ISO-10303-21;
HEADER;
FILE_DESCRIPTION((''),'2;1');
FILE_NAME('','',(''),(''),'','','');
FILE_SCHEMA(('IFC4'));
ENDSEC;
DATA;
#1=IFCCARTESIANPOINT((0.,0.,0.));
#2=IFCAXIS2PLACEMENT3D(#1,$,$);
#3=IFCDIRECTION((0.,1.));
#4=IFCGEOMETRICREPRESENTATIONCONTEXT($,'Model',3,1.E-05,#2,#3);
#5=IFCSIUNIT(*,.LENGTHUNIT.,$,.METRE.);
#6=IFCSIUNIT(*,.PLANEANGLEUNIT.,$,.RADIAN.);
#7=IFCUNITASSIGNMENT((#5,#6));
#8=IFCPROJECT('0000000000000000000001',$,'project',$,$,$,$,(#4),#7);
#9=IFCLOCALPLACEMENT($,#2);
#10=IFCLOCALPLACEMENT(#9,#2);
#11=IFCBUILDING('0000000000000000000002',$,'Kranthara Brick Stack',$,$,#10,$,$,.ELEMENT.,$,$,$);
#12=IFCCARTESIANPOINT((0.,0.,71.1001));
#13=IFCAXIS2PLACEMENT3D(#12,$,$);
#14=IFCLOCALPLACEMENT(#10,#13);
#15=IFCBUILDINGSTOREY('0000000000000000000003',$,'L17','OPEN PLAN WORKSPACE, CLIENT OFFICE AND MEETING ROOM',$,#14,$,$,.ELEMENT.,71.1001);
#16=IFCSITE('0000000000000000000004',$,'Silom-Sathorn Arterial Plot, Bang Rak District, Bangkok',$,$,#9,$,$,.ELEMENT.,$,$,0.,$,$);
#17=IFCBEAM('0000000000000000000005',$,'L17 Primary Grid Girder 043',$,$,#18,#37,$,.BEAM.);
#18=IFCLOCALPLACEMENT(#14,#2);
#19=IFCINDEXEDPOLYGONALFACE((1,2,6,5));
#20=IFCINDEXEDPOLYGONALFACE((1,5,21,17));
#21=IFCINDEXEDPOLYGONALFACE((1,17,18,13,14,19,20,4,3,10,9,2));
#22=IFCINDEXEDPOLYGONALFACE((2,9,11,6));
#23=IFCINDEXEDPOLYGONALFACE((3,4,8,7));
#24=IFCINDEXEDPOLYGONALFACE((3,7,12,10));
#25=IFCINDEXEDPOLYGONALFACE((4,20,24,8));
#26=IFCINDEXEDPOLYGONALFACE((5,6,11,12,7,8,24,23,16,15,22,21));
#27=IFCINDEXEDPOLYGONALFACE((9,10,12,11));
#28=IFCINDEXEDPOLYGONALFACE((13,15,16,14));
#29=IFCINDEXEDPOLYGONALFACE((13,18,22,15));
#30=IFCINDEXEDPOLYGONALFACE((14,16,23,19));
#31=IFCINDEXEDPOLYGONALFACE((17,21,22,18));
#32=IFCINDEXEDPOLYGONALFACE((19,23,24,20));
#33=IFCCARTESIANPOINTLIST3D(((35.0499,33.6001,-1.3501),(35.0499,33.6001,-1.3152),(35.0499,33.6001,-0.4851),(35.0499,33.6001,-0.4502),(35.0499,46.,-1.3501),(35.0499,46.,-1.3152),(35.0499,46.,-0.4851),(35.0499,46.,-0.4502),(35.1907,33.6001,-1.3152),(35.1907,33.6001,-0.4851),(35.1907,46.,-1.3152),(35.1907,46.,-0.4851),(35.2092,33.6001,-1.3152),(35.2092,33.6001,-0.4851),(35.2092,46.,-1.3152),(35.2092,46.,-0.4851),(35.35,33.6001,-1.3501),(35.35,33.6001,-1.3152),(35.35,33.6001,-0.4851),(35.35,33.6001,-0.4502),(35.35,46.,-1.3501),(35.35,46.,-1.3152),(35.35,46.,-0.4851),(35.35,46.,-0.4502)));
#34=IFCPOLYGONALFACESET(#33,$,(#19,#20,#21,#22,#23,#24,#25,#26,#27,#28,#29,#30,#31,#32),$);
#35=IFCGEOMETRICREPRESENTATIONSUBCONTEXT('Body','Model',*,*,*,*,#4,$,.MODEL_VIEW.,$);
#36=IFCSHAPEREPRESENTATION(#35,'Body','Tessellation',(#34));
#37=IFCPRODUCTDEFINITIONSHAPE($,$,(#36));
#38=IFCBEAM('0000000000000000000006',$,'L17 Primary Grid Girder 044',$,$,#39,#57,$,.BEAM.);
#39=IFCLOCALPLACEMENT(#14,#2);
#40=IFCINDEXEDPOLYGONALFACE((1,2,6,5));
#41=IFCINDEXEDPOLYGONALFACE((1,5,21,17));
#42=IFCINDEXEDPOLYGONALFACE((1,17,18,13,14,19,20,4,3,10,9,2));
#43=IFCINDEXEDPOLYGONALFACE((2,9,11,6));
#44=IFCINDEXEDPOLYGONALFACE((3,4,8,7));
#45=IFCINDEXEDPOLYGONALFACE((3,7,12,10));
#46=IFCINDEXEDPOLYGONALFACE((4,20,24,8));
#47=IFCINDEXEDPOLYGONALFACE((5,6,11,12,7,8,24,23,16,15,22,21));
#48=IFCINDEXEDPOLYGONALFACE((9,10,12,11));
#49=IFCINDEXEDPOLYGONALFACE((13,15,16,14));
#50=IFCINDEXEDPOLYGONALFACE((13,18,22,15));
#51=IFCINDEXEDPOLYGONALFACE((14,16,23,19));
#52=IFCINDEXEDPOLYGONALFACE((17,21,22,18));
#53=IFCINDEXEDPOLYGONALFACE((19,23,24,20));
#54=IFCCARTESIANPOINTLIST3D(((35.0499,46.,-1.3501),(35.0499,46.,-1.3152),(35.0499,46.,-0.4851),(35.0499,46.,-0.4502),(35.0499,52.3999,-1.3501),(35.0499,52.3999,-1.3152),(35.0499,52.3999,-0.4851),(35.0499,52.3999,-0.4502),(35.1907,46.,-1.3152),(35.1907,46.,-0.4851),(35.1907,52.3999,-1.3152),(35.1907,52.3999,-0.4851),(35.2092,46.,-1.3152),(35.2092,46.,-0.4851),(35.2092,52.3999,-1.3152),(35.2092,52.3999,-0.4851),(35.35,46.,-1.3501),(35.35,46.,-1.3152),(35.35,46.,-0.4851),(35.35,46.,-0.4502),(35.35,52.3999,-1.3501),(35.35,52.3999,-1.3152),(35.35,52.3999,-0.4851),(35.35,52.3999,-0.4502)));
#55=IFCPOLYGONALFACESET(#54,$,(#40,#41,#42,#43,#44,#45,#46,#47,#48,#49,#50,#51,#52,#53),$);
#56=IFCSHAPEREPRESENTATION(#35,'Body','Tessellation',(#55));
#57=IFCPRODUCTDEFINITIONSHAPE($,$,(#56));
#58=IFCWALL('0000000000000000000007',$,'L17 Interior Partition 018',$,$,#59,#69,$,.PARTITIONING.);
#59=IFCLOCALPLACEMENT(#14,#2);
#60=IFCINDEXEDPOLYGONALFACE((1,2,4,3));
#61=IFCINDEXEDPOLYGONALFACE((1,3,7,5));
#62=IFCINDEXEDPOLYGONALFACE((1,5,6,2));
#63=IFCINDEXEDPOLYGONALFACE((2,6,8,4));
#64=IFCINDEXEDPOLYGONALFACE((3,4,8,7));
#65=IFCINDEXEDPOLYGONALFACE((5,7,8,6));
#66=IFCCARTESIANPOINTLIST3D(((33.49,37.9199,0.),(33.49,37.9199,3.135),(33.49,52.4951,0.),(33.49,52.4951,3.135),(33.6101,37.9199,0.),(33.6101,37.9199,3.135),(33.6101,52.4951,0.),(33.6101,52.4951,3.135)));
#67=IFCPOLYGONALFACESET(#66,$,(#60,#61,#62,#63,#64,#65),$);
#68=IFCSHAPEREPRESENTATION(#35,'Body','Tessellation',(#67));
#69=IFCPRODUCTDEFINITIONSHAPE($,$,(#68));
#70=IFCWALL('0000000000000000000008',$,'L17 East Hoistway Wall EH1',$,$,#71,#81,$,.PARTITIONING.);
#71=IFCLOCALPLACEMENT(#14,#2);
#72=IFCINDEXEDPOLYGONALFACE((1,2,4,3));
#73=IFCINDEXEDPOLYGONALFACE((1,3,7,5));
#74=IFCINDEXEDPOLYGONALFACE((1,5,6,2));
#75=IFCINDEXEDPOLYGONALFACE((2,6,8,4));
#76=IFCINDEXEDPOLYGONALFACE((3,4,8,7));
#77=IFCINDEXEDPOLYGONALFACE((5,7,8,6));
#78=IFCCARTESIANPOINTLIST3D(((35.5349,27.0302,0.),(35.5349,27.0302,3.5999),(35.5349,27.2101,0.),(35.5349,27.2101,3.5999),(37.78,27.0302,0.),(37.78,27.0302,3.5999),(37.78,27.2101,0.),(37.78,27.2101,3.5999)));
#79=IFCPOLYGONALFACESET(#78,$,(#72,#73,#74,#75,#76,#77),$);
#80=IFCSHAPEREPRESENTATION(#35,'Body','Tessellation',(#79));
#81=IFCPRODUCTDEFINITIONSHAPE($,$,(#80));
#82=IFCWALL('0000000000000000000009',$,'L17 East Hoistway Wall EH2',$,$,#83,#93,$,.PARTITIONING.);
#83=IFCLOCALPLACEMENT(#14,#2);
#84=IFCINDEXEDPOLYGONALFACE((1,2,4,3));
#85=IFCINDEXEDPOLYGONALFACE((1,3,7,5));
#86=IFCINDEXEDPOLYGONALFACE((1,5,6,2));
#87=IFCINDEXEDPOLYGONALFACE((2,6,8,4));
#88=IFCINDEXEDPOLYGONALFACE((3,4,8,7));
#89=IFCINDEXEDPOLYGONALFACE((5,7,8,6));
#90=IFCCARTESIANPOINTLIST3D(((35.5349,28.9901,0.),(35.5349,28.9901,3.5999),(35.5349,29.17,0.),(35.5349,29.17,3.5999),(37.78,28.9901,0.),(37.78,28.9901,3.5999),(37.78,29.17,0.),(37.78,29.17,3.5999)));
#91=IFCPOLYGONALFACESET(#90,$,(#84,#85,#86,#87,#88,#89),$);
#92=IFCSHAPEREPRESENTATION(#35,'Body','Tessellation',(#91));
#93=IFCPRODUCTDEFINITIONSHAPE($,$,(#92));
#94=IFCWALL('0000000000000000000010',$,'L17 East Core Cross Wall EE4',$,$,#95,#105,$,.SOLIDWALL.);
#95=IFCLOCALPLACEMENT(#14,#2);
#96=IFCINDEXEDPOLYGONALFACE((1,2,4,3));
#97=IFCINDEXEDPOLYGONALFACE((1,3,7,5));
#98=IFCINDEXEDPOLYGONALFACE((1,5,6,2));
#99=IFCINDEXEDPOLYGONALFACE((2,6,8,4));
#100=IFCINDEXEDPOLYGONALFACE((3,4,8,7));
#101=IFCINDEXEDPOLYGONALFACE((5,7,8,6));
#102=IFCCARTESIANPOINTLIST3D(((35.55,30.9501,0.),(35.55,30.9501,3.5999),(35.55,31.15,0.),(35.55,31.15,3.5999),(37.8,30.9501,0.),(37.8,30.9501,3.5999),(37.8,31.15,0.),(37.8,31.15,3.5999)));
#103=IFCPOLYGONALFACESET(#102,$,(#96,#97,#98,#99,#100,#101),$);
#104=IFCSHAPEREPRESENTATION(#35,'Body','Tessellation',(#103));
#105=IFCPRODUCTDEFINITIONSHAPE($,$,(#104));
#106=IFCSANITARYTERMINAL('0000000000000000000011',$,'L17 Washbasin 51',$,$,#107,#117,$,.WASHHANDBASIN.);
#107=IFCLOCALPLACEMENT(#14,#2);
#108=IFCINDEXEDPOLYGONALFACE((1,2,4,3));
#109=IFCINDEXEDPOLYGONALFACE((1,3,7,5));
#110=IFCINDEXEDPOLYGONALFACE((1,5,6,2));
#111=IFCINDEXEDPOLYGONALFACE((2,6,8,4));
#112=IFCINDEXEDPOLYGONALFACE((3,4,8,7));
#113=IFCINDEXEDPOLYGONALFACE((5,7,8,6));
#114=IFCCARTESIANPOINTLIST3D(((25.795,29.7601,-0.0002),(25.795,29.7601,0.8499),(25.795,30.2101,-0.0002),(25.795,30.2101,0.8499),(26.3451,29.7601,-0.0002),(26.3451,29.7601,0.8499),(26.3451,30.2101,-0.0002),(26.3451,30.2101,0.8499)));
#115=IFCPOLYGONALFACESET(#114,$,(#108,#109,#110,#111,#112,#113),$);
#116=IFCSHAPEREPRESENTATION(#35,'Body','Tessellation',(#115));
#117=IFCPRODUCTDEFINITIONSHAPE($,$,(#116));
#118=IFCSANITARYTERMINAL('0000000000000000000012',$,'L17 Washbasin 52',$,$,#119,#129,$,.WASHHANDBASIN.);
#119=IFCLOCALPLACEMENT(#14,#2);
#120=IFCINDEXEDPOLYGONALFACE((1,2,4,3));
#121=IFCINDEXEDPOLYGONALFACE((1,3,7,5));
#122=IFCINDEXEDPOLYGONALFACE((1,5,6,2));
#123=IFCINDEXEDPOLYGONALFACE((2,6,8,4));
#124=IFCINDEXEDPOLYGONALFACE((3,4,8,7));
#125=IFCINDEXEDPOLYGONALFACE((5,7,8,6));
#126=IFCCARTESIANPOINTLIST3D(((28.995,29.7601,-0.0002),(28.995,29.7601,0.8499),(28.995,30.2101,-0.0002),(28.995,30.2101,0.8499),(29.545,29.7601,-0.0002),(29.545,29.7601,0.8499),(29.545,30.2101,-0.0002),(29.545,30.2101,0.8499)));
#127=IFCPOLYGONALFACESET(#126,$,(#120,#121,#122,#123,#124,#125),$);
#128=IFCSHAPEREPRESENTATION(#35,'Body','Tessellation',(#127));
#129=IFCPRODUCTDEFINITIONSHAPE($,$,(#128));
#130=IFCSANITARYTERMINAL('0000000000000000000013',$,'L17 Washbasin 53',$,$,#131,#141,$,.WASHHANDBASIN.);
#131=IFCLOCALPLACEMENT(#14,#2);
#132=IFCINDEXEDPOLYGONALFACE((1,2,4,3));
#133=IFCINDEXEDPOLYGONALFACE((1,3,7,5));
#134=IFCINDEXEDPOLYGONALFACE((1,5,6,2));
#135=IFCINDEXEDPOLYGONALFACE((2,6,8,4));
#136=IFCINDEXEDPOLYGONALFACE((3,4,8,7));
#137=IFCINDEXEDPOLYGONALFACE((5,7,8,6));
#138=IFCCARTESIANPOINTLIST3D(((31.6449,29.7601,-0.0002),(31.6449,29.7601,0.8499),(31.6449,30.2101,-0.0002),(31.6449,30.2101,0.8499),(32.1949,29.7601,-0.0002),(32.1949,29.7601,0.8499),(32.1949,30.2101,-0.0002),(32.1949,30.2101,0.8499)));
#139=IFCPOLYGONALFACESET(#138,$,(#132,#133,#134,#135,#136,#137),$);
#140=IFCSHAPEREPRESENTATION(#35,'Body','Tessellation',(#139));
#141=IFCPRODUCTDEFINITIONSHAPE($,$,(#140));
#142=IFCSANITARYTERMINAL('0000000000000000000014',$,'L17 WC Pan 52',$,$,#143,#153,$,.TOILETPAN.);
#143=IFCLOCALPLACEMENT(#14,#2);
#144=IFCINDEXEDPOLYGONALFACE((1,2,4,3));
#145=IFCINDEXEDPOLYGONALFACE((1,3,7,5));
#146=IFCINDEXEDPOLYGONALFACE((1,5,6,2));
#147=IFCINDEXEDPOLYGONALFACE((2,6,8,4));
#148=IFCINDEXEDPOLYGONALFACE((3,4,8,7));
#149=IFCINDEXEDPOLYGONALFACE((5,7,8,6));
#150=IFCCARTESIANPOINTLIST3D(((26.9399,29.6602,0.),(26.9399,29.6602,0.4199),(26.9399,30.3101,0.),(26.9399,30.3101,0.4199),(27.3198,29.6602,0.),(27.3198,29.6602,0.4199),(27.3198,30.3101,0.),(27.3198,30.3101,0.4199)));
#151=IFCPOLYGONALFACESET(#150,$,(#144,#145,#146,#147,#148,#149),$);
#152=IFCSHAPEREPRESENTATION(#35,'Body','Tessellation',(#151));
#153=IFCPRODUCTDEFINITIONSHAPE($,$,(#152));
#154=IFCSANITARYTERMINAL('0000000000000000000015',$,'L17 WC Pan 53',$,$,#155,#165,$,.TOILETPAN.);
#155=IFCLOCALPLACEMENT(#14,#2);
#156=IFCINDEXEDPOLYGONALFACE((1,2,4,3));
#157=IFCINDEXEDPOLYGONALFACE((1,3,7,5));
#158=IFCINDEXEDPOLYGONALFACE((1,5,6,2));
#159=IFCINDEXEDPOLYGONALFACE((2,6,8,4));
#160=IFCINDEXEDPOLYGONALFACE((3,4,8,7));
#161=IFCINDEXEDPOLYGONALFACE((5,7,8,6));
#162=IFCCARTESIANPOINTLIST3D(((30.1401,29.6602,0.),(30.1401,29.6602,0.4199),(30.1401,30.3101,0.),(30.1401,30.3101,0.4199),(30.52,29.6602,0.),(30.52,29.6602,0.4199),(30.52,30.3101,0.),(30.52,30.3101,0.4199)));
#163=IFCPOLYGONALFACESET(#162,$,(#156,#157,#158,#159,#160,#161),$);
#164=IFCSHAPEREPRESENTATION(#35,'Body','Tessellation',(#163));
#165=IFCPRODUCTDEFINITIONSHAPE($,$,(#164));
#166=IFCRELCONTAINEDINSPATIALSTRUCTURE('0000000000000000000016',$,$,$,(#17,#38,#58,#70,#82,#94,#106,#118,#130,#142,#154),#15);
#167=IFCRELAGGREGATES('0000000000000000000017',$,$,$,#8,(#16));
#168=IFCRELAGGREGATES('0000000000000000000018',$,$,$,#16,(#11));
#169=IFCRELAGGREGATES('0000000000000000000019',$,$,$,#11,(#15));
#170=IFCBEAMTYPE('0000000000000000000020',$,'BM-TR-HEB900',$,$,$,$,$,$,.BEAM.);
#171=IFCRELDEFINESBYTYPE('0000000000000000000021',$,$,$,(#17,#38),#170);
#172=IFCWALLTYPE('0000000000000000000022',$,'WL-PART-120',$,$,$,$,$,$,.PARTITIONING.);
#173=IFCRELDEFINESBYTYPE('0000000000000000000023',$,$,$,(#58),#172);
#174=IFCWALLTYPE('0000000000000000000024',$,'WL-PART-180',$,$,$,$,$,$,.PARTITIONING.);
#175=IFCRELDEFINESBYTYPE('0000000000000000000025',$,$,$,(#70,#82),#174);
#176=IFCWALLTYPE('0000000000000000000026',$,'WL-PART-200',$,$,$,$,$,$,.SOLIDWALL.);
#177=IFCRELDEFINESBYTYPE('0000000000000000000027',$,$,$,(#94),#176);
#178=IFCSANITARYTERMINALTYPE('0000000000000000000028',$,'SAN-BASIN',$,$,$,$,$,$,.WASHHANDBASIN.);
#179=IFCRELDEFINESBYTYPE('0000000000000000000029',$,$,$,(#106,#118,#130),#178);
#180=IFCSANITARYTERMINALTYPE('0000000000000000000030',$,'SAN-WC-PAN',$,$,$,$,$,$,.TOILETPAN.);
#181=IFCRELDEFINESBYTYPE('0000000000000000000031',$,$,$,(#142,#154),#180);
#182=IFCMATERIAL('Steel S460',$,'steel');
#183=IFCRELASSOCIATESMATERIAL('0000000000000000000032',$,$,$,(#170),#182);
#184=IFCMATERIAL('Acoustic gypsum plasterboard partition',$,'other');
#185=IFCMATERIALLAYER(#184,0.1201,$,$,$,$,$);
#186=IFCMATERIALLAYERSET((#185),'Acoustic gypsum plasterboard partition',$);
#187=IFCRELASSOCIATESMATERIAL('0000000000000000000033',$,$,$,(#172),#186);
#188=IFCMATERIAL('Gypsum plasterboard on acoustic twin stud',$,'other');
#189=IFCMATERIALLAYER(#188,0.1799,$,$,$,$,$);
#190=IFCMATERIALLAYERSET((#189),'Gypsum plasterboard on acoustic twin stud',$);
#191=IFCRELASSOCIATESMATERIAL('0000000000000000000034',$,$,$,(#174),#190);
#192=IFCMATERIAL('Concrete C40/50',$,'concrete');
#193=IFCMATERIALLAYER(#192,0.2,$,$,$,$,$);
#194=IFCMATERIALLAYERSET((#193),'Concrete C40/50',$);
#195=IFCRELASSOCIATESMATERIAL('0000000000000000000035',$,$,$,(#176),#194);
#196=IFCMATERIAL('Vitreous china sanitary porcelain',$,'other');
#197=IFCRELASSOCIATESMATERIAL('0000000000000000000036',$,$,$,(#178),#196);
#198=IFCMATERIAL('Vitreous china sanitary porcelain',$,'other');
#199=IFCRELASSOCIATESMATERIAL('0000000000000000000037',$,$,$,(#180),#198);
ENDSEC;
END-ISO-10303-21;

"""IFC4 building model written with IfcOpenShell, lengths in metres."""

from ifc_helpers import new_model, si_unit, direction, frame, frame_2d, origin, origin_2d, place, context, subcontext, project, spatial, rectangle, i_section, extrude, material, layer, layer_set, material_profile, profile_set, type_object, element, save


model = new_model("IFC4")

# Units and contexts
model_context = context("Model", 3, precision=1e-05, world=origin(), true_north=direction((0.0, 1.0)))
body_context = subcontext(model_context, "Body", "Model", "MODEL_VIEW")
ifc_project = project(units=[si_unit("LENGTHUNIT", "METRE"), si_unit("PLANEANGLEUNIT", "RADIAN")], contexts=[model_context])

# Site, building, storey
site_placement = place(None, origin())
site = spatial("IfcSite", under=ifc_project, at=site_placement, Name="Silom-Sathorn Arterial Plot, Bang Rak District, Bangkok", CompositionType="ELEMENT", RefElevation=0.0)
building_placement = place(site_placement, origin())
building = spatial("IfcBuilding", under=site, at=building_placement, Name="Kranthara Brick Stack", CompositionType="ELEMENT")
storey_placement = place(building_placement, frame((0.0, 0.0, 71.1001)))
storey = spatial("IfcBuildingStorey", under=building, at=storey_placement, Name="L17", Description="OPEN PLAN WORKSPACE, CLIENT OFFICE AND MEETING ROOM", CompositionType="ELEMENT", Elevation=71.1001)

# Beams
ifc_material_1 = material(Name="Steel S460", Category="steel")
ifc_material_profile_1 = material_profile(ifc_material_1, i_section(OverallWidth=0.3, OverallDepth=0.8999, WebThickness=0.0186, FlangeThickness=0.0349, at=origin_2d()), Name="HEB 900")
ifc_profile_set_1 = profile_set([ifc_material_profile_1], Name="Steel S460")
beam_type_1 = type_object("IfcBeamType", Name="BM-TR-HEB900", PredefinedType="BEAM", material=ifc_profile_set_1)
beam_1_placement = place(storey_placement, frame((35.2, 33.6001, -0.9001), z_axis=(0.0, 1.0, 0.0), x_axis=(-1.0, 0.0, 0.0)))
element("IfcBeam", 1, at=beam_1_placement, inside=storey, type_object=beam_type_1, Name="L17 Primary Grid Girder 043", PredefinedType="BEAM", context=body_context, shape_type="SweptSolid", body=[
    extrude(i_section(OverallWidth=0.3, OverallDepth=0.8999, WebThickness=0.0186, FlangeThickness=0.0349, at=origin_2d()), origin(), (0.0, 0.0, 1.0), 12.3999),
])
beam_2_placement = place(storey_placement, frame((35.2, 46.0, -0.9001), z_axis=(0.0, 1.0, 0.0), x_axis=(-1.0, 0.0, 0.0)))
element("IfcBeam", 2, at=beam_2_placement, inside=storey, type_object=beam_type_1, Name="L17 Primary Grid Girder 044", PredefinedType="BEAM", context=body_context, shape_type="SweptSolid", body=[
    extrude(i_section(OverallWidth=0.3, OverallDepth=0.8999, WebThickness=0.0186, FlangeThickness=0.0349, at=origin_2d()), origin(), (0.0, 0.0, 1.0), 6.3999),
])

# Walls
ifc_material_2 = material(Name="Acoustic gypsum plasterboard partition", Category="other")
ifc_layer_1 = layer(ifc_material_2, 0.1201)
ifc_layer_set_1 = layer_set([ifc_layer_1], Name="Acoustic gypsum plasterboard partition")
wall_type_1 = type_object("IfcWallType", Name="WL-PART-120", PredefinedType="PARTITIONING", material=ifc_layer_set_1)
wall_1_placement = place(storey_placement, frame((33.55, 37.9199, 0.0), z_axis=(0.0, 0.0, 1.0), x_axis=(0.0, 1.0, 0.0)))
element("IfcWall", 3, at=wall_1_placement, inside=storey, type_object=wall_type_1, Name="L17 Interior Partition 018", PredefinedType="PARTITIONING", context=body_context, shape_type="SweptSolid", body=[
    extrude(rectangle(XDim=14.5752, YDim=0.1201, at=frame_2d((7.2876, 0.0))), origin(), (0.0, 0.0, 1.0), 3.135),
])
ifc_material_3 = material(Name="Gypsum plasterboard on acoustic twin stud", Category="other")
ifc_layer_2 = layer(ifc_material_3, 0.1799)
ifc_layer_set_2 = layer_set([ifc_layer_2], Name="Gypsum plasterboard on acoustic twin stud")
wall_type_2 = type_object("IfcWallType", Name="WL-PART-180", PredefinedType="PARTITIONING", material=ifc_layer_set_2)
for number, where, z_axis, x_axis, name in (
    (4, (35.5349, 27.1201, 0.0), (0.0, 0.0, 1.0), (1.0, 0.0, 0.0), "L17 East Hoistway Wall EH1"),
    (5, (35.5349, 29.0801, 0.0), (0.0, 0.0, 1.0), (1.0, 0.0, 0.0), "L17 East Hoistway Wall EH2"),
):
    element("IfcWall", number, at=place(storey_placement, frame(where, z_axis=z_axis, x_axis=x_axis)), inside=storey, type_object=wall_type_2, Name=name, PredefinedType="PARTITIONING", context=body_context, shape_type="SweptSolid", body=[
        extrude(rectangle(XDim=2.2451, YDim=0.1799, at=frame_2d((1.1226, 0.0))), origin(), (0.0, 0.0, 1.0), 3.5999),
    ])
ifc_material_4 = material(Name="Concrete C40/50", Category="concrete")
ifc_layer_3 = layer(ifc_material_4, 0.2)
ifc_layer_set_3 = layer_set([ifc_layer_3], Name="Concrete C40/50")
wall_type_3 = type_object("IfcWallType", Name="WL-PART-200", PredefinedType="SOLIDWALL", material=ifc_layer_set_3)
wall_2_placement = place(storey_placement, frame((35.55, 31.05, 0.0), z_axis=(0.0, 0.0, 1.0), x_axis=(1.0, 0.0, 0.0)))
element("IfcWall", 6, at=wall_2_placement, inside=storey, type_object=wall_type_3, Name="L17 East Core Cross Wall EE4", PredefinedType="SOLIDWALL", context=body_context, shape_type="SweptSolid", body=[
    extrude(rectangle(XDim=2.25, YDim=0.2, at=frame_2d((1.125, 0.0))), origin(), (0.0, 0.0, 1.0), 3.5999),
])

# Sanitary terminals
ifc_material_5 = material(Name="Vitreous china sanitary porcelain", Category="other")
sanitary_terminal_type_1 = type_object("IfcSanitaryTerminalType", Name="SAN-BASIN", PredefinedType="WASHHANDBASIN", material=ifc_material_5)
for number, where, z_axis, x_axis, name in (
    (7, (26.0701, 29.9851, -0.0002), (0.0, 0.0, 1.0), (1.0, 0.0, 0.0), "L17 Washbasin 51"),
    (8, (29.27, 29.9851, -0.0002), (0.0, 0.0, 1.0), (1.0, 0.0, 0.0), "L17 Washbasin 52"),
    (9, (31.9199, 29.9851, -0.0002), (0.0, 0.0, 1.0), (1.0, 0.0, 0.0), "L17 Washbasin 53"),
):
    element("IfcSanitaryTerminal", number, at=place(storey_placement, frame(where, z_axis=z_axis, x_axis=x_axis)), inside=storey, type_object=sanitary_terminal_type_1, Name=name, PredefinedType="WASHHANDBASIN", context=body_context, shape_type="SweptSolid", body=[
        extrude(rectangle(XDim=0.55, YDim=0.45, at=origin_2d()), origin(), (0.0, 0.0, 1.0), 0.8501),
    ])
ifc_material_6 = material(Name="Vitreous china sanitary porcelain", Category="other")
sanitary_terminal_type_2 = type_object("IfcSanitaryTerminalType", Name="SAN-WC-PAN", PredefinedType="TOILETPAN", material=ifc_material_6)
for number, where, z_axis, x_axis, name in (
    (10, (27.1299, 29.9851, 0.0), (0.0, 0.0, 1.0), (1.0, 0.0, 0.0), "L17 WC Pan 52"),
    (11, (30.3301, 29.9851, 0.0), (0.0, 0.0, 1.0), (1.0, 0.0, 0.0), "L17 WC Pan 53"),
):
    element("IfcSanitaryTerminal", number, at=place(storey_placement, frame(where, z_axis=z_axis, x_axis=x_axis)), inside=storey, type_object=sanitary_terminal_type_2, Name=name, PredefinedType="TOILETPAN", context=body_context, shape_type="SweptSolid", body=[
        extrude(rectangle(XDim=0.3799, YDim=0.6499, at=origin_2d()), origin(), (0.0, 0.0, 1.0), 0.4199),
    ])

save(model, "model.ifc")
